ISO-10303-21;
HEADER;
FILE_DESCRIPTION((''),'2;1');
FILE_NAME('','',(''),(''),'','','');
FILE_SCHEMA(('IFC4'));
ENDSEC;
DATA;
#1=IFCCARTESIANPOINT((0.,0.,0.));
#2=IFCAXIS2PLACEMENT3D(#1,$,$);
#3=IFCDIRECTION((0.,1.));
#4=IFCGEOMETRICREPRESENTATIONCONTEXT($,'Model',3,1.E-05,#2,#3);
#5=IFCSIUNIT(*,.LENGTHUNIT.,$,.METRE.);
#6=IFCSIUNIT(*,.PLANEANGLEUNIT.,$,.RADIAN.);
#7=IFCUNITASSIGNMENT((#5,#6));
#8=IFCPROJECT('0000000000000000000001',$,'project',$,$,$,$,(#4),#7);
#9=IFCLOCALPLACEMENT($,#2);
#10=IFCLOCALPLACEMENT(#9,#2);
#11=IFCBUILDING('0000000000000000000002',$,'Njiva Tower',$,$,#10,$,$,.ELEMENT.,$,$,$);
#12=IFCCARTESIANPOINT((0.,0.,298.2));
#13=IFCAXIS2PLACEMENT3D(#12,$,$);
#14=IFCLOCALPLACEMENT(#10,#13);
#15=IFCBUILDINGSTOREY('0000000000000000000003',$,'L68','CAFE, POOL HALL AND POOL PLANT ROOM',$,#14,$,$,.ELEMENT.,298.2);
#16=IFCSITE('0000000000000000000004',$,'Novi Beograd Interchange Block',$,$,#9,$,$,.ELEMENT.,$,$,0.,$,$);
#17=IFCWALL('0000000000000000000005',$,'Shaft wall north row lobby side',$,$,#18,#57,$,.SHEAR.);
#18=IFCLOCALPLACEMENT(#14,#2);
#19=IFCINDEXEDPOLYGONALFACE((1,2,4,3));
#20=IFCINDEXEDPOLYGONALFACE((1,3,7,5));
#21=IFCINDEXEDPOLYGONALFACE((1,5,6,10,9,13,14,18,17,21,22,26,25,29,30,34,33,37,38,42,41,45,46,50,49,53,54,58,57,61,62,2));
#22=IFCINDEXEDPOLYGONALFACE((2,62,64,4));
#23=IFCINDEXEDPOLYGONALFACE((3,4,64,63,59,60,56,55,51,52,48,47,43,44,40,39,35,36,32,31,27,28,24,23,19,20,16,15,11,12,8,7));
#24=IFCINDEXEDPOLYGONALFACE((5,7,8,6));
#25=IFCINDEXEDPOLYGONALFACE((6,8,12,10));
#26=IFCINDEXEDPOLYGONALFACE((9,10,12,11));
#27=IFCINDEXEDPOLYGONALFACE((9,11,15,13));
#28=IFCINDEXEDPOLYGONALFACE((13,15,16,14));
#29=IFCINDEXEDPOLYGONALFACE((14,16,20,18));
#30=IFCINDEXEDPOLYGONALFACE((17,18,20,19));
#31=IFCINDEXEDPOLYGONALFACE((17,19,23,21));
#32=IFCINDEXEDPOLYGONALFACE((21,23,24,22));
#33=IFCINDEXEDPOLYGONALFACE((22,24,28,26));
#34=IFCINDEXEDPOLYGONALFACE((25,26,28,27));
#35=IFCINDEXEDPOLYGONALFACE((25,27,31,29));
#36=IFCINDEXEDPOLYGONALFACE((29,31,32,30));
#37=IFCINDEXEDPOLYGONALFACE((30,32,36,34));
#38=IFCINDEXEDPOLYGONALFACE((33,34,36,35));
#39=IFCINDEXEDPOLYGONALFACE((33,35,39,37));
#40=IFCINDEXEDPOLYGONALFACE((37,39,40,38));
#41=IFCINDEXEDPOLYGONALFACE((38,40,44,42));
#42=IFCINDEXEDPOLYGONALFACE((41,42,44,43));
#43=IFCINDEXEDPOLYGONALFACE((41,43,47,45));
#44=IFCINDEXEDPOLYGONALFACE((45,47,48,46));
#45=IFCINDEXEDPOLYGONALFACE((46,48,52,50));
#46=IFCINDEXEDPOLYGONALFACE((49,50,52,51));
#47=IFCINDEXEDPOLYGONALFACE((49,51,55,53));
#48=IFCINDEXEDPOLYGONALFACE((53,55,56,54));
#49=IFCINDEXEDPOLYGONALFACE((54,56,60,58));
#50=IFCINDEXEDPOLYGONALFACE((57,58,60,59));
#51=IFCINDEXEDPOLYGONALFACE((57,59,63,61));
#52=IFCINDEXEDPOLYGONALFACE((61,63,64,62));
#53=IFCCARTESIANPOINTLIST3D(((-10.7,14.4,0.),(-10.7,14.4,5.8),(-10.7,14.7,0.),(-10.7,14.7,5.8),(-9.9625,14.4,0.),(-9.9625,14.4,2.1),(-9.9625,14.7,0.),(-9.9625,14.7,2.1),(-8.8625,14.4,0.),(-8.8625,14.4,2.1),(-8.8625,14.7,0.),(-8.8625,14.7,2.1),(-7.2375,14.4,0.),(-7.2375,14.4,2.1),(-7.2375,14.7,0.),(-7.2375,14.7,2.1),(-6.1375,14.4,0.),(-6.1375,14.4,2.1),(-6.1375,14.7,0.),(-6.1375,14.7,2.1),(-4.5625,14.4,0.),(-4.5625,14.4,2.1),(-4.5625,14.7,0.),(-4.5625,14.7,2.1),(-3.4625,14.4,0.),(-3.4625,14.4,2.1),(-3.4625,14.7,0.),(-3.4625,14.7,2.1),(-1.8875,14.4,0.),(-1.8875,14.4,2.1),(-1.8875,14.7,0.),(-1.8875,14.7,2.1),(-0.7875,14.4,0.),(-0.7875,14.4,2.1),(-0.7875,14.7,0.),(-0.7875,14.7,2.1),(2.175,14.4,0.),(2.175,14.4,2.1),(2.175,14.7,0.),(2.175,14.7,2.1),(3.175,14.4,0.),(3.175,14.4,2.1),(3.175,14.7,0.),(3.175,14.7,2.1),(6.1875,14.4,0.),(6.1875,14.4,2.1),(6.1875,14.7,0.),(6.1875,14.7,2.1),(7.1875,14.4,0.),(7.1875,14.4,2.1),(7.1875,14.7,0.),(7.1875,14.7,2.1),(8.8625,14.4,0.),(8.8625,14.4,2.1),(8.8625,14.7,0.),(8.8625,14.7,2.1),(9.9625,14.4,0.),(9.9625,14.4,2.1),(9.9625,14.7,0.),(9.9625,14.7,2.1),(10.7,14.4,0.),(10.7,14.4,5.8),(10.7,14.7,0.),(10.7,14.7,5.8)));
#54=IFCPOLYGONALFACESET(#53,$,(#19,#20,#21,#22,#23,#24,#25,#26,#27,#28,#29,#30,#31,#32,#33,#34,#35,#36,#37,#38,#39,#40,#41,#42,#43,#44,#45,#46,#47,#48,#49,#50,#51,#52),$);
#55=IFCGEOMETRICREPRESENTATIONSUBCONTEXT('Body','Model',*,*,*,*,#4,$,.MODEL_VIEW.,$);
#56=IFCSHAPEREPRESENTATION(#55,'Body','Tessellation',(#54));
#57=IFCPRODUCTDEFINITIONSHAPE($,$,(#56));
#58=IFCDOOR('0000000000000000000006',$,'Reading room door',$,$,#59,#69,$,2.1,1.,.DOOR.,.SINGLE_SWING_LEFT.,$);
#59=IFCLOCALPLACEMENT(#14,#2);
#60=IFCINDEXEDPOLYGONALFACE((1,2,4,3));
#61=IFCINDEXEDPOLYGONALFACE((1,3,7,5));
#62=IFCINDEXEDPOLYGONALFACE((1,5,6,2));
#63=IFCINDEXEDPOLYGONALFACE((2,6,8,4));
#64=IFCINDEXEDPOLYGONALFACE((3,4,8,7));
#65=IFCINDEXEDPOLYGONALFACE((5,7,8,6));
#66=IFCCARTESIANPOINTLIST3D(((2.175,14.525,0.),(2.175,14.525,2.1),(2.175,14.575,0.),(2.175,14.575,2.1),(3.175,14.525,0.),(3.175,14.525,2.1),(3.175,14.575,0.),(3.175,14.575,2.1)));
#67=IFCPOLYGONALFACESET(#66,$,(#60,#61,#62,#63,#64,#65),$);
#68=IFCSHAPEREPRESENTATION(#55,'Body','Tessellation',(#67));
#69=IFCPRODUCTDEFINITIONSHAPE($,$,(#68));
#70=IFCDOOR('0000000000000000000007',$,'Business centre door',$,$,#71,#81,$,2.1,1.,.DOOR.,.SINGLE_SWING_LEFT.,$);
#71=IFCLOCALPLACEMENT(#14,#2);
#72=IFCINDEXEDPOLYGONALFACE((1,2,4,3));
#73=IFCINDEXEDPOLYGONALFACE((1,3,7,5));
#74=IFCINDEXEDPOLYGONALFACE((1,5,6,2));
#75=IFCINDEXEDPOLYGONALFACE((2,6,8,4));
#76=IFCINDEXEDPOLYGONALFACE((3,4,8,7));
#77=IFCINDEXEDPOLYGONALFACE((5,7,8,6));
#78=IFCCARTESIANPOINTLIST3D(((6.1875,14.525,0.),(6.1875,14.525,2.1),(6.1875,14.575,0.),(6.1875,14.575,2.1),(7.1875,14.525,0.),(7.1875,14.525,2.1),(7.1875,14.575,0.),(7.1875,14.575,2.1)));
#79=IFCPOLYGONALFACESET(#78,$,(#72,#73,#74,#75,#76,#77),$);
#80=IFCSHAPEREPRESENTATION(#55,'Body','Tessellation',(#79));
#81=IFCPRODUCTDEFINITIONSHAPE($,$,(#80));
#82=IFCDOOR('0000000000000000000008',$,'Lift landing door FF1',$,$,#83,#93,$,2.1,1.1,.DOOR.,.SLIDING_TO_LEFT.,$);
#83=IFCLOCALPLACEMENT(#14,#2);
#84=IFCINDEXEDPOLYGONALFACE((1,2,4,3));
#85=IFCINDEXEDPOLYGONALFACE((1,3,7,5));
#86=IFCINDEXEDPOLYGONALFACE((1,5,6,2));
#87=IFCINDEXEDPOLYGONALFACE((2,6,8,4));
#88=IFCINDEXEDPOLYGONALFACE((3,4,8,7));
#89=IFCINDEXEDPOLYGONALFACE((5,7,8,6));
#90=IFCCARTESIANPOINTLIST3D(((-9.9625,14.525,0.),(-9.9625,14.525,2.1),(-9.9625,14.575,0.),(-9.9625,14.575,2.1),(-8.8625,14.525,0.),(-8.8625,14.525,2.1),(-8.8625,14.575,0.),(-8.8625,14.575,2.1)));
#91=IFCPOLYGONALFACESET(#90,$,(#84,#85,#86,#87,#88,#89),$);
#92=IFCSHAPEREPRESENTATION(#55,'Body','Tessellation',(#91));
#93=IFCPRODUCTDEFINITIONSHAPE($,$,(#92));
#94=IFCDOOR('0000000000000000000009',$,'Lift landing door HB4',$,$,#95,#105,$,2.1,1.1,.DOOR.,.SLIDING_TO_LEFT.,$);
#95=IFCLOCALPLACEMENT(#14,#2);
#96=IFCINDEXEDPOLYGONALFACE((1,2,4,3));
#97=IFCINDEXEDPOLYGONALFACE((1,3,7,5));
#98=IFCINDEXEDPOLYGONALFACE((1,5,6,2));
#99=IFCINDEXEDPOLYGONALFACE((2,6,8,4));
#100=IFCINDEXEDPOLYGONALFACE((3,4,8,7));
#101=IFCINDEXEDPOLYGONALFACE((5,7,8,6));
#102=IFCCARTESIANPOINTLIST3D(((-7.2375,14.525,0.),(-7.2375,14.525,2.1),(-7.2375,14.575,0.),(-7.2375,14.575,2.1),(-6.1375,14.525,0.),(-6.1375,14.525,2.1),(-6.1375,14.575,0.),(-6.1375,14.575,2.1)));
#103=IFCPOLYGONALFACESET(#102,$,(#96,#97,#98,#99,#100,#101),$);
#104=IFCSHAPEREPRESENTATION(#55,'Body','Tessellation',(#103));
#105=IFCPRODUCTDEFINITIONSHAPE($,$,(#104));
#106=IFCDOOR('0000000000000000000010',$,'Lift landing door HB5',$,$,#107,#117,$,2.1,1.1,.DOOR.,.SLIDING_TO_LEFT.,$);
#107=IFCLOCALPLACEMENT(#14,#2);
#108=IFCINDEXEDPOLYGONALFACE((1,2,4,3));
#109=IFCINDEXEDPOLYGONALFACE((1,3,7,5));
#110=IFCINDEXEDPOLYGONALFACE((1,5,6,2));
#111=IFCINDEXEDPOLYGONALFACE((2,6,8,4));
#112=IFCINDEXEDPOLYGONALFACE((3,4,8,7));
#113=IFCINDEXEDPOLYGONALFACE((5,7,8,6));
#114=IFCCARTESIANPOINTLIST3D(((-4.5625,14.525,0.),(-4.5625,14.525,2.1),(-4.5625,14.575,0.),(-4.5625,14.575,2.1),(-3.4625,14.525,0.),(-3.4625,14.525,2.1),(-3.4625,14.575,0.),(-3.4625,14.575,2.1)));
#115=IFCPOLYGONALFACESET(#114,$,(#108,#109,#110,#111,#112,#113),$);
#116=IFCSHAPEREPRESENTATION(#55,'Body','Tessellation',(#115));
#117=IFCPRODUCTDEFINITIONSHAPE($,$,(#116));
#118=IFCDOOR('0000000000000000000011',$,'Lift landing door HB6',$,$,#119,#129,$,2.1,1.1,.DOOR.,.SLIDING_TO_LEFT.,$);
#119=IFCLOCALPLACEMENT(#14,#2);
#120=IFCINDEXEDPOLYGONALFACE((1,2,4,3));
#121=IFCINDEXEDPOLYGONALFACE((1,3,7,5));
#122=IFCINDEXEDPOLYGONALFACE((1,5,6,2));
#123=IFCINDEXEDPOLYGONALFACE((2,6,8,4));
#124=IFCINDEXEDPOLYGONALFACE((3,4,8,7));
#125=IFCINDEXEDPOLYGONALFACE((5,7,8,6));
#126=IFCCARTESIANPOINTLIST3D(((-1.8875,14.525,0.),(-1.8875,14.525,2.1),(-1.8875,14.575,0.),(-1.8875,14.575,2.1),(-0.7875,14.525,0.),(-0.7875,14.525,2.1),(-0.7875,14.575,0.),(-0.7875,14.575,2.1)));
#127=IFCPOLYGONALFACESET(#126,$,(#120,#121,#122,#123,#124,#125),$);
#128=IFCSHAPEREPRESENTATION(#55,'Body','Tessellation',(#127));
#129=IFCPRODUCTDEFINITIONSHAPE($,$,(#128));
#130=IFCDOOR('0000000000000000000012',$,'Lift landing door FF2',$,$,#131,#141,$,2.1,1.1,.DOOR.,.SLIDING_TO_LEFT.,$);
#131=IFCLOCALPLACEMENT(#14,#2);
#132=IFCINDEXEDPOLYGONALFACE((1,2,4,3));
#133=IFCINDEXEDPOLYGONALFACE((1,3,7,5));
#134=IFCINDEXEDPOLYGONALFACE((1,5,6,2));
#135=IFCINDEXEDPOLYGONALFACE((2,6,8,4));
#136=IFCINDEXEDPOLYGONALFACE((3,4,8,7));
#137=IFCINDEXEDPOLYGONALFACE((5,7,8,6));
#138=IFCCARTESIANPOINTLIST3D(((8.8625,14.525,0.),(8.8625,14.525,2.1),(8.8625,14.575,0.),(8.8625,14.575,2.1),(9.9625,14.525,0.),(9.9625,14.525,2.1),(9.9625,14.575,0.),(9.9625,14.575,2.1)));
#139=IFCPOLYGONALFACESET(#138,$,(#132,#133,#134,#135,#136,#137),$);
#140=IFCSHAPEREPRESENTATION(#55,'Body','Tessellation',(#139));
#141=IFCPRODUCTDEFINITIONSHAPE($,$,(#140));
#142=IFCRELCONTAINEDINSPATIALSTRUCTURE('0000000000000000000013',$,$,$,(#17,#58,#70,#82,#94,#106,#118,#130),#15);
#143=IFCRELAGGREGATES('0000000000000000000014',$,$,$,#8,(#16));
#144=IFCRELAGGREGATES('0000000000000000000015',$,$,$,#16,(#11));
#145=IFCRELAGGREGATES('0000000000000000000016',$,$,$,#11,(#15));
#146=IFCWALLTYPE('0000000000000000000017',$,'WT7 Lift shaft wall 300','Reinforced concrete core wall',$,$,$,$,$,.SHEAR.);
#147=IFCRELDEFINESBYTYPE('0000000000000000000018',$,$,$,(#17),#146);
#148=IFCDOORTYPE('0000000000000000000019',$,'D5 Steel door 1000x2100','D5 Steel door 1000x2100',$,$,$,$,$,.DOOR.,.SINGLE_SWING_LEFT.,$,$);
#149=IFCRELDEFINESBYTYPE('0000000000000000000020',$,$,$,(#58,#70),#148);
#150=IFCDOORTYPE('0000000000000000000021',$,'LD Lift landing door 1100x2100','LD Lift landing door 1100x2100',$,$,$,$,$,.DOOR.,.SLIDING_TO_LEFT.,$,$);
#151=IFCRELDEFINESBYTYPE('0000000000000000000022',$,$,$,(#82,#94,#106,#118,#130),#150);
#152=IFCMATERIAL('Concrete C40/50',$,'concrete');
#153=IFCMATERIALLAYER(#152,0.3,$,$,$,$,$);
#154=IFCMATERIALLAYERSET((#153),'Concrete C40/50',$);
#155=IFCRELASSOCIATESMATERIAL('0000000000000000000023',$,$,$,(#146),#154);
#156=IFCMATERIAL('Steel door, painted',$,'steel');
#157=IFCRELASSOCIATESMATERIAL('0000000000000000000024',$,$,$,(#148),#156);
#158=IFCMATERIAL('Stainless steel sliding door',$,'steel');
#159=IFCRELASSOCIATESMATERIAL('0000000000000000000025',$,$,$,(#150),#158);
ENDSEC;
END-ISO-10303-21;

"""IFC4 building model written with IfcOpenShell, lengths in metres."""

from ifc_helpers import new_model, si_unit, direction, frame, frame_2d, origin, place, context, subcontext, project, spatial, rectangle, extrude, material, layer, layer_set, type_object, element, fill, save


model = new_model("IFC4")

# Units and contexts
model_context = context("Model", 3, precision=1e-05, world=origin(), true_north=direction((0.0, 1.0)))
body_context = subcontext(model_context, "Body", "Model", "MODEL_VIEW")
ifc_project = project(units=[si_unit("LENGTHUNIT", "METRE"), si_unit("PLANEANGLEUNIT", "RADIAN")], contexts=[model_context])

# Site, building, storey
site_placement = place(None, origin())
site = spatial("IfcSite", under=ifc_project, at=site_placement, Name="Novi Beograd Interchange Block", CompositionType="ELEMENT", RefElevation=0.0)
building_placement = place(site_placement, origin())
building = spatial("IfcBuilding", under=site, at=building_placement, Name="Njiva Tower", CompositionType="ELEMENT")
storey_placement = place(building_placement, frame((0.0, 0.0, 298.2)))
storey = spatial("IfcBuildingStorey", under=building, at=storey_placement, Name="L68", Description="CAFE, POOL HALL AND POOL PLANT ROOM", CompositionType="ELEMENT", Elevation=298.2)

# Shared definitions
ifc_material_1 = material(Name="Concrete C40/50", Category="concrete")

# Wall, openings, doors
ifc_layer_1 = layer(ifc_material_1, 0.3)
ifc_layer_set_1 = layer_set([ifc_layer_1], Name="Concrete C40/50")
wall_type_1 = type_object("IfcWallType", Name="WT7 Lift shaft wall 300", Description="Reinforced concrete core wall", PredefinedType="SHEAR", material=ifc_layer_set_1)
wall_1_placement = place(storey_placement, frame((-10.7, 14.55, 0.0), z_axis=(0.0, 0.0, 1.0), x_axis=(1.0, 0.0, 0.0)))
wall_1 = element("IfcWall", 1, at=wall_1_placement, inside=storey, type_object=wall_type_1, Name="Shaft wall north row lobby side", PredefinedType="SHEAR", context=body_context, shape_type="SweptSolid", body=[
    extrude(rectangle(XDim=21.4, YDim=0.3, at=frame_2d((10.7, 0.0))), origin(), (0.0, 0.0, 1.0), 5.8),
])
opening_1_placement = place(wall_1_placement, frame((0.7375, 0.0, 0.0)))
opening_1 = element("IfcOpeningElement", 2, at=opening_1_placement, cuts=wall_1, PredefinedType="OPENING", context=body_context, shape_type="SweptSolid", body=[
    extrude(rectangle(XDim=1.1, YDim=2.1, at=frame_2d((0.55, 1.05))), frame((0.0, 0.16, 0.0), z_axis=(0.0, -1.0, 0.0), x_axis=(1.0, 0.0, 0.0)), (0.0, 0.0, 1.0), 0.32),
])
opening_2_placement = place(wall_1_placement, frame((3.4625, 0.0, 0.0)))
opening_2 = element("IfcOpeningElement", 3, at=opening_2_placement, cuts=wall_1, PredefinedType="OPENING", context=body_context, shape_type="SweptSolid", body=[
    extrude(rectangle(XDim=1.1, YDim=2.1, at=frame_2d((0.55, 1.05))), frame((0.0, 0.16, 0.0), z_axis=(0.0, -1.0, 0.0), x_axis=(1.0, 0.0, 0.0)), (0.0, 0.0, 1.0), 0.32),
])
opening_3_placement = place(wall_1_placement, frame((6.1375, 0.0, 0.0)))
opening_3 = element("IfcOpeningElement", 4, at=opening_3_placement, cuts=wall_1, PredefinedType="OPENING", context=body_context, shape_type="SweptSolid", body=[
    extrude(rectangle(XDim=1.1, YDim=2.1, at=frame_2d((0.55, 1.05))), frame((0.0, 0.16, 0.0), z_axis=(0.0, -1.0, 0.0), x_axis=(1.0, 0.0, 0.0)), (0.0, 0.0, 1.0), 0.32),
])
opening_4_placement = place(wall_1_placement, frame((8.8125, 0.0, 0.0)))
opening_4 = element("IfcOpeningElement", 5, at=opening_4_placement, cuts=wall_1, PredefinedType="OPENING", context=body_context, shape_type="SweptSolid", body=[
    extrude(rectangle(XDim=1.1, YDim=2.1, at=frame_2d((0.55, 1.05))), frame((0.0, 0.16, 0.0), z_axis=(0.0, -1.0, 0.0), x_axis=(1.0, 0.0, 0.0)), (0.0, 0.0, 1.0), 0.32),
])
opening_5_placement = place(wall_1_placement, frame((19.5625, 0.0, 0.0)))
opening_5 = element("IfcOpeningElement", 6, at=opening_5_placement, cuts=wall_1, PredefinedType="OPENING", context=body_context, shape_type="SweptSolid", body=[
    extrude(rectangle(XDim=1.1, YDim=2.1, at=frame_2d((0.55, 1.05))), frame((0.0, 0.16, 0.0), z_axis=(0.0, -1.0, 0.0), x_axis=(1.0, 0.0, 0.0)), (0.0, 0.0, 1.0), 0.32),
])
opening_6_placement = place(wall_1_placement, frame((12.875, 0.0, 0.0)))
opening_6 = element("IfcOpeningElement", 7, at=opening_6_placement, cuts=wall_1, PredefinedType="OPENING", context=body_context, shape_type="SweptSolid", body=[
    extrude(rectangle(XDim=1.0, YDim=2.1, at=frame_2d((0.5, 1.05))), frame((0.0, 0.16, 0.0), z_axis=(0.0, -1.0, 0.0), x_axis=(1.0, 0.0, 0.0)), (0.0, 0.0, 1.0), 0.32),
])
opening_7_placement = place(wall_1_placement, frame((16.8875, 0.0, 0.0)))
opening_7 = element("IfcOpeningElement", 8, at=opening_7_placement, cuts=wall_1, PredefinedType="OPENING", context=body_context, shape_type="SweptSolid", body=[
    extrude(rectangle(XDim=1.0, YDim=2.1, at=frame_2d((0.5, 1.05))), frame((0.0, 0.16, 0.0), z_axis=(0.0, -1.0, 0.0), x_axis=(1.0, 0.0, 0.0)), (0.0, 0.0, 1.0), 0.32),
])
ifc_material_2 = material(Name="Steel door, painted", Category="steel")
door_type_1 = type_object("IfcDoorType", Name="D5 Steel door 1000x2100", Description="D5 Steel door 1000x2100", OperationType="SINGLE_SWING_LEFT", PredefinedType="DOOR", material=ifc_material_2)
door_1_placement = place(opening_6_placement, origin())
door_1 = element("IfcDoor", 9, at=door_1_placement, inside=storey, type_object=door_type_1, Name="Reading room door", OperationType="SINGLE_SWING_LEFT", OverallHeight=2.1, OverallWidth=1.0, PredefinedType="DOOR", context=body_context, shape_type="SweptSolid", body=[
    extrude(rectangle(XDim=1.0, YDim=2.1, at=frame_2d((0.5, 1.05))), frame((0.0, 0.025, 0.0), z_axis=(0.0, -1.0, 0.0), x_axis=(1.0, 0.0, 0.0)), (0.0, 0.0, 1.0), 0.05),
])
fill(opening_6, door_1)
door_2_placement = place(opening_7_placement, origin())
door_2 = element("IfcDoor", 10, at=door_2_placement, inside=storey, type_object=door_type_1, Name="Business centre door", OperationType="SINGLE_SWING_LEFT", OverallHeight=2.1, OverallWidth=1.0, PredefinedType="DOOR", context=body_context, shape_type="SweptSolid", body=[
    extrude(rectangle(XDim=1.0, YDim=2.1, at=frame_2d((0.5, 1.05))), frame((0.0, 0.025, 0.0), z_axis=(0.0, -1.0, 0.0), x_axis=(1.0, 0.0, 0.0)), (0.0, 0.0, 1.0), 0.05),
])
fill(opening_7, door_2)
ifc_material_3 = material(Name="Stainless steel sliding door", Category="steel")
door_type_2 = type_object("IfcDoorType", Name="LD Lift landing door 1100x2100", Description="LD Lift landing door 1100x2100", OperationType="SLIDING_TO_LEFT", PredefinedType="DOOR", material=ifc_material_3)
door_3_placement = place(opening_1_placement, origin())
door_3 = element("IfcDoor", 11, at=door_3_placement, inside=storey, type_object=door_type_2, Name="Lift landing door FF1", OperationType="SLIDING_TO_LEFT", OverallHeight=2.1, OverallWidth=1.1, PredefinedType="DOOR", context=body_context, shape_type="SweptSolid", body=[
    extrude(rectangle(XDim=1.1, YDim=2.1, at=frame_2d((0.55, 1.05))), frame((0.0, 0.025, 0.0), z_axis=(0.0, -1.0, 0.0), x_axis=(1.0, 0.0, 0.0)), (0.0, 0.0, 1.0), 0.05),
])
fill(opening_1, door_3)
door_4_placement = place(opening_2_placement, origin())
door_4 = element("IfcDoor", 12, at=door_4_placement, inside=storey, type_object=door_type_2, Name="Lift landing door HB4", OperationType="SLIDING_TO_LEFT", OverallHeight=2.1, OverallWidth=1.1, PredefinedType="DOOR", context=body_context, shape_type="SweptSolid", body=[
    extrude(rectangle(XDim=1.1, YDim=2.1, at=frame_2d((0.55, 1.05))), frame((0.0, 0.025, 0.0), z_axis=(0.0, -1.0, 0.0), x_axis=(1.0, 0.0, 0.0)), (0.0, 0.0, 1.0), 0.05),
])
fill(opening_2, door_4)
door_5_placement = place(opening_3_placement, origin())
door_5 = element("IfcDoor", 13, at=door_5_placement, inside=storey, type_object=door_type_2, Name="Lift landing door HB5", OperationType="SLIDING_TO_LEFT", OverallHeight=2.1, OverallWidth=1.1, PredefinedType="DOOR", context=body_context, shape_type="SweptSolid", body=[
    extrude(rectangle(XDim=1.1, YDim=2.1, at=frame_2d((0.55, 1.05))), frame((0.0, 0.025, 0.0), z_axis=(0.0, -1.0, 0.0), x_axis=(1.0, 0.0, 0.0)), (0.0, 0.0, 1.0), 0.05),
])
fill(opening_3, door_5)
door_6_placement = place(opening_4_placement, origin())
door_6 = element("IfcDoor", 14, at=door_6_placement, inside=storey, type_object=door_type_2, Name="Lift landing door HB6", OperationType="SLIDING_TO_LEFT", OverallHeight=2.1, OverallWidth=1.1, PredefinedType="DOOR", context=body_context, shape_type="SweptSolid", body=[
    extrude(rectangle(XDim=1.1, YDim=2.1, at=frame_2d((0.55, 1.05))), frame((0.0, 0.025, 0.0), z_axis=(0.0, -1.0, 0.0), x_axis=(1.0, 0.0, 0.0)), (0.0, 0.0, 1.0), 0.05),
])
fill(opening_4, door_6)
door_7_placement = place(opening_5_placement, origin())
door_7 = element("IfcDoor", 15, at=door_7_placement, inside=storey, type_object=door_type_2, Name="Lift landing door FF2", OperationType="SLIDING_TO_LEFT", OverallHeight=2.1, OverallWidth=1.1, PredefinedType="DOOR", context=body_context, shape_type="SweptSolid", body=[
    extrude(rectangle(XDim=1.1, YDim=2.1, at=frame_2d((0.55, 1.05))), frame((0.0, 0.025, 0.0), z_axis=(0.0, -1.0, 0.0), x_axis=(1.0, 0.0, 0.0)), (0.0, 0.0, 1.0), 0.05),
])
fill(opening_5, door_7)

save(model, "model.ifc")
